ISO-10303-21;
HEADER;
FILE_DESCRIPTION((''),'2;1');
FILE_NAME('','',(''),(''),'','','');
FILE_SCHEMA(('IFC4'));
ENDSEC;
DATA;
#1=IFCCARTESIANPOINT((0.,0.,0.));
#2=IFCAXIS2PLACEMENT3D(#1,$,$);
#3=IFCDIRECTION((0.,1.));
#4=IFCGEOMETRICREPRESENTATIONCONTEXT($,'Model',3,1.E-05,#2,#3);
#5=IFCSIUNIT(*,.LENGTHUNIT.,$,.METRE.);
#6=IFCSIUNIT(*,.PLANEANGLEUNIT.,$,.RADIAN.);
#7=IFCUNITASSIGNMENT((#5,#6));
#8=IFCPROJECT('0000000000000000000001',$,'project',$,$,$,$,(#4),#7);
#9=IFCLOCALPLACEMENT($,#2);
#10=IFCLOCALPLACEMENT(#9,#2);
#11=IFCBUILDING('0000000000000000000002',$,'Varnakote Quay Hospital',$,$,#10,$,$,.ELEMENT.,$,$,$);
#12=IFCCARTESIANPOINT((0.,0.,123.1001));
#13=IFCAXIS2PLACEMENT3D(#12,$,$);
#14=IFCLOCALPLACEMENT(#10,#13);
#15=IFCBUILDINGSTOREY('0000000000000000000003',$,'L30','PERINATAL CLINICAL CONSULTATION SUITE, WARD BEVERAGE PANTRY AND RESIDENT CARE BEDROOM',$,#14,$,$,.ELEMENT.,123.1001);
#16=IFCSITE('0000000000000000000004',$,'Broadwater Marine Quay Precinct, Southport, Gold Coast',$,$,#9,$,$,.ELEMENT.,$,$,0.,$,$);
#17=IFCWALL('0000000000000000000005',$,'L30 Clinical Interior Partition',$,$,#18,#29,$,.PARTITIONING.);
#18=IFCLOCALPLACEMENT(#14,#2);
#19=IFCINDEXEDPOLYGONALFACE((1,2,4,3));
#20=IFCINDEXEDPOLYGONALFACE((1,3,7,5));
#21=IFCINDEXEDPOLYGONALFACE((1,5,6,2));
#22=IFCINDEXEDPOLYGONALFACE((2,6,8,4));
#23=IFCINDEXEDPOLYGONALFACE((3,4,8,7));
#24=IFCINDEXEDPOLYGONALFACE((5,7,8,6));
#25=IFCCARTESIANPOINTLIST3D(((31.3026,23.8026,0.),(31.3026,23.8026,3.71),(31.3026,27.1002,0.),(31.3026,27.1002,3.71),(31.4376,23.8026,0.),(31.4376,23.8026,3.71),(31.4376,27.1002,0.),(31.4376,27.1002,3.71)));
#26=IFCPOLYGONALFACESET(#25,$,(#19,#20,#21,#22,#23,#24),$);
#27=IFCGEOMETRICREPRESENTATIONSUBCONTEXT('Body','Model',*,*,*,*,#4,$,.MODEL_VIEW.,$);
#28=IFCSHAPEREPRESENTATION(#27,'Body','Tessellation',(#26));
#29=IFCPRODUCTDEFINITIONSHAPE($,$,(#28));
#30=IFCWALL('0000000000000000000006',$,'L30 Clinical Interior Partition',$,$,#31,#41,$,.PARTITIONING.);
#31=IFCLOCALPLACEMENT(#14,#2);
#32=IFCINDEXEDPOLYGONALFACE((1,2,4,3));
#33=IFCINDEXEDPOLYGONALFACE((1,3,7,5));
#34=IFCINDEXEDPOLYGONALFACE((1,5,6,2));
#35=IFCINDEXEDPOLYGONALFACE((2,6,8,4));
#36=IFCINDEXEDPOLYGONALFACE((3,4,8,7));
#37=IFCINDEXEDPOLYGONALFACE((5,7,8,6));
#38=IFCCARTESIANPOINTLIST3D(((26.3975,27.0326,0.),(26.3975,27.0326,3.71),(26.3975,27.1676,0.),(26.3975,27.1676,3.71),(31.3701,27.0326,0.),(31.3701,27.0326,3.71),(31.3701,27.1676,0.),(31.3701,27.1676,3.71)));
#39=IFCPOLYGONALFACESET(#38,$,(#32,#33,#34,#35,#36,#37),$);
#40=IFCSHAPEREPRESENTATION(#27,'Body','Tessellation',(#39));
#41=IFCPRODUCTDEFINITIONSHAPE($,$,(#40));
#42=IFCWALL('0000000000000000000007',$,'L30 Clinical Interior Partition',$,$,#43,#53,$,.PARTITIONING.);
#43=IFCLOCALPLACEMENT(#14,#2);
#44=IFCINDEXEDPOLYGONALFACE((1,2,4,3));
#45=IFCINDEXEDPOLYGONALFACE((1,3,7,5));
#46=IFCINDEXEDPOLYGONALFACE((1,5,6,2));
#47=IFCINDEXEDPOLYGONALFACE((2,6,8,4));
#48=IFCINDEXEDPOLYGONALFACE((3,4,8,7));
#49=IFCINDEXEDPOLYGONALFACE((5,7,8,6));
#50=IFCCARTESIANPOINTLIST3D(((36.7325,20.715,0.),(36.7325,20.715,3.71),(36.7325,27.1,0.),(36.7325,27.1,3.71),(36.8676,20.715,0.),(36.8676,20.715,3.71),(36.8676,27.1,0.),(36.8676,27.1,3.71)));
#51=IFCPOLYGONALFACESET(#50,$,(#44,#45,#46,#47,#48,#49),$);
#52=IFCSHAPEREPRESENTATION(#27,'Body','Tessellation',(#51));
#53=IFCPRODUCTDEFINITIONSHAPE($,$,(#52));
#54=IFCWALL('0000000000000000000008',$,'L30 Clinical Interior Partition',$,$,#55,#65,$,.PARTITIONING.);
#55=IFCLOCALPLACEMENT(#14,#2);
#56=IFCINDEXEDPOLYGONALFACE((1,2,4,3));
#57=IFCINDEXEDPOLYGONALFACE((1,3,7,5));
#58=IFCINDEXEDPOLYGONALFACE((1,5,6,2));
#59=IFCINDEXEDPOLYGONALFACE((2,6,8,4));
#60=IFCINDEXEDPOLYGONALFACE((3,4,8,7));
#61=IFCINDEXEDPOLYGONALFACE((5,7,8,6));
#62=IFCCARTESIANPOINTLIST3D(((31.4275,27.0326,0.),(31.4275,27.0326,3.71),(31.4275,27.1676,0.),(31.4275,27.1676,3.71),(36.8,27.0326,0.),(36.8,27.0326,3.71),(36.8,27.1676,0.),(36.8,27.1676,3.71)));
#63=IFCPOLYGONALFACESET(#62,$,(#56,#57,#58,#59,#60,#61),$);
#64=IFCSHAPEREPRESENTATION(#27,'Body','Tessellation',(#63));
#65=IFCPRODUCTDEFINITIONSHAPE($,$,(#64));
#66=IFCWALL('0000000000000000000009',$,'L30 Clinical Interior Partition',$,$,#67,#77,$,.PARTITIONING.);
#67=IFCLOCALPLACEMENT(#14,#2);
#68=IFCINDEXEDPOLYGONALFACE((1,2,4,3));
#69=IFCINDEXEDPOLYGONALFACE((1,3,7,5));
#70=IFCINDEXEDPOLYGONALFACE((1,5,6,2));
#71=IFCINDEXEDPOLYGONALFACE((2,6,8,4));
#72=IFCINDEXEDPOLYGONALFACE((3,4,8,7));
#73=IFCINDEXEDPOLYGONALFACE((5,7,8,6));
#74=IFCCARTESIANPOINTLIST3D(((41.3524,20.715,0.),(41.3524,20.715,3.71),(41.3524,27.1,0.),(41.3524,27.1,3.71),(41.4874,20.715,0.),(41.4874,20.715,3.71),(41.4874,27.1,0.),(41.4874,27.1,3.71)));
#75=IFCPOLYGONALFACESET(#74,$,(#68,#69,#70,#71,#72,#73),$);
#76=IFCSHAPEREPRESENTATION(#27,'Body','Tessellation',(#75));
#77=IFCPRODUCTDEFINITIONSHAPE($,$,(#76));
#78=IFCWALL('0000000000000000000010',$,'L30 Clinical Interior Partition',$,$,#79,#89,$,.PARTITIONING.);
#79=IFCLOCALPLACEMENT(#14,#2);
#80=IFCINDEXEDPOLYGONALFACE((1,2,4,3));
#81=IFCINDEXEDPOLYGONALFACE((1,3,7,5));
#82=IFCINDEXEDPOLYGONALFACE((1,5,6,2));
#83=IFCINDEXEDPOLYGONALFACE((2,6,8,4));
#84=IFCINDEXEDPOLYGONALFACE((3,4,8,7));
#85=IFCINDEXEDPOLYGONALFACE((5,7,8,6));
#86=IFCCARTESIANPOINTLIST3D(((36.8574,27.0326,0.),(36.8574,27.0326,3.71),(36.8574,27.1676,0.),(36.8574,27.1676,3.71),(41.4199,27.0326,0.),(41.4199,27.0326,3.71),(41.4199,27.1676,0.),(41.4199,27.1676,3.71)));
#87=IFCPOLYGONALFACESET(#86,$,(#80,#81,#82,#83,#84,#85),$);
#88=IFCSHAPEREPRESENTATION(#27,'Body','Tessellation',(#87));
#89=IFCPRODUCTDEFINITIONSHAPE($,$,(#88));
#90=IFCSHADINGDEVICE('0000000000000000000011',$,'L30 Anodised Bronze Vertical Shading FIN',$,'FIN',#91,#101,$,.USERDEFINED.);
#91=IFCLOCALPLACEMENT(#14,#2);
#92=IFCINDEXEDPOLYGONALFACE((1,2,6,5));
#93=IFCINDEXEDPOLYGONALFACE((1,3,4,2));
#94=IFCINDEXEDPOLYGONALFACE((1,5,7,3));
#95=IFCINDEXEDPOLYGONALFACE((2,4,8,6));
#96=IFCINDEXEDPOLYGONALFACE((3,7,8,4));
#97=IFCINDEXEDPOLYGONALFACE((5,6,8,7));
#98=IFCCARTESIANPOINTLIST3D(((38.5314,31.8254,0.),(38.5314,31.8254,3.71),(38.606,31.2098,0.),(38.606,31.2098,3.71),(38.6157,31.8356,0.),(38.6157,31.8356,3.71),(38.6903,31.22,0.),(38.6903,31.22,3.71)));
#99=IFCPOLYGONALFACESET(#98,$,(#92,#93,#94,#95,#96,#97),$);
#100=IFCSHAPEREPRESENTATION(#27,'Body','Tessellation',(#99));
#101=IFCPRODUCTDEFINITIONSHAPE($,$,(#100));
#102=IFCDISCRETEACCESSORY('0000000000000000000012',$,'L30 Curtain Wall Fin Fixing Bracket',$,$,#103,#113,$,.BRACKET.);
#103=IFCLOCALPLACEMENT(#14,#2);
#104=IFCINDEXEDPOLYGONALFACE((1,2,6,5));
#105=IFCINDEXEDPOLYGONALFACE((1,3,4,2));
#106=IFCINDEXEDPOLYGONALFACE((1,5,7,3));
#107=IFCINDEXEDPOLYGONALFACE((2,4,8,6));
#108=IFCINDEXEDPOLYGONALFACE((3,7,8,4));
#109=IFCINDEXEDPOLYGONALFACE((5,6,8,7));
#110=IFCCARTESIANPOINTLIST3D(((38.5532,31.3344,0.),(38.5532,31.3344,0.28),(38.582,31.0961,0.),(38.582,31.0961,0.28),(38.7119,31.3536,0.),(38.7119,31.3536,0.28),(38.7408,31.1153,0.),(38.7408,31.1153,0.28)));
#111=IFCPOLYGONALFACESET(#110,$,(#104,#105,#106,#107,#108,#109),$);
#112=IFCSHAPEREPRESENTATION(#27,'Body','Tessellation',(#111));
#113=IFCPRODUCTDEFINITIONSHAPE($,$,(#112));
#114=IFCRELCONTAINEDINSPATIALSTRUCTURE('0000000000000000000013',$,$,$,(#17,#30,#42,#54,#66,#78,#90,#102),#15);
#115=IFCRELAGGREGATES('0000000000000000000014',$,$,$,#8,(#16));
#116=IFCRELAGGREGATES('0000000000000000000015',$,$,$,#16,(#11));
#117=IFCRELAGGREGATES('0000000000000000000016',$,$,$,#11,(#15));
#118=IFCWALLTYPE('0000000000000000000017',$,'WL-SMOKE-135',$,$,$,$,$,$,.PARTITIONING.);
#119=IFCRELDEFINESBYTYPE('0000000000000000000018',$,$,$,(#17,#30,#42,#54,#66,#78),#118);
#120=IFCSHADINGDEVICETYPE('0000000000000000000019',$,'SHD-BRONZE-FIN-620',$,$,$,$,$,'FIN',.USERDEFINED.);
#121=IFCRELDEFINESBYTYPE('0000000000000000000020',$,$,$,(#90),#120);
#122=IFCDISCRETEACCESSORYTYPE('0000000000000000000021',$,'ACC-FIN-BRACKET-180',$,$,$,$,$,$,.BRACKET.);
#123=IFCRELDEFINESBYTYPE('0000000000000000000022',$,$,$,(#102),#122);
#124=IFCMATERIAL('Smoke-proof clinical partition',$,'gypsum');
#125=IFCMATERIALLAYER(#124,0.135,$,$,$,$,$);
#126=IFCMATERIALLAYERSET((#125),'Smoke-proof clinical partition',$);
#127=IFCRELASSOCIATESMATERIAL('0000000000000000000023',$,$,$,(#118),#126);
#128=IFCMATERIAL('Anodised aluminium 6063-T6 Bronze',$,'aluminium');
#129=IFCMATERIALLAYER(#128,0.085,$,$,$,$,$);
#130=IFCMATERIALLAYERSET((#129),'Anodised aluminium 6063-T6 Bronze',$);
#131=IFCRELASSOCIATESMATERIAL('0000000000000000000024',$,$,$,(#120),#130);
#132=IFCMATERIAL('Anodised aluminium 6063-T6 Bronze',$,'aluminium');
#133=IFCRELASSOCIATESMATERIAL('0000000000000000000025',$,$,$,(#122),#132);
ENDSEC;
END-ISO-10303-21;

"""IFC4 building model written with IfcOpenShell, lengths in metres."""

from ifc_helpers import new_model, si_unit, direction, frame, frame_2d, origin, origin_2d, place, context, subcontext, project, spatial, rectangle, extrude, material, layer, layer_set, type_object, element, save


model = new_model("IFC4")

# Units and contexts
model_context = context("Model", 3, precision=1e-05, world=origin(), true_north=direction((0.0, 1.0)))
body_context = subcontext(model_context, "Body", "Model", "MODEL_VIEW")
ifc_project = project(units=[si_unit("LENGTHUNIT", "METRE"), si_unit("PLANEANGLEUNIT", "RADIAN")], contexts=[model_context])

# Site, building, storey
site_placement = place(None, origin())
site = spatial("IfcSite", under=ifc_project, at=site_placement, Name="Broadwater Marine Quay Precinct, Southport, Gold Coast", CompositionType="ELEMENT", RefElevation=0.0)
building_placement = place(site_placement, origin())
building = spatial("IfcBuilding", under=site, at=building_placement, Name="Varnakote Quay Hospital", CompositionType="ELEMENT")
storey_placement = place(building_placement, frame((0.0, 0.0, 123.1001)))
storey = spatial("IfcBuildingStorey", under=building, at=storey_placement, Name="L30", Description="PERINATAL CLINICAL CONSULTATION SUITE, WARD BEVERAGE PANTRY AND RESIDENT CARE BEDROOM", CompositionType="ELEMENT", Elevation=123.1001)

# Walls
ifc_material_1 = material(Name="Smoke-proof clinical partition", Category="gypsum")
ifc_layer_1 = layer(ifc_material_1, 0.135)
ifc_layer_set_1 = layer_set([ifc_layer_1], Name="Smoke-proof clinical partition")
wall_type_1 = type_object("IfcWallType", Name="WL-SMOKE-135", PredefinedType="PARTITIONING", material=ifc_layer_set_1)
wall_1_placement = place(storey_placement, frame((31.3701, 23.8025, 0.0), z_axis=(0.0, 0.0, 1.0), x_axis=(0.0, 1.0, 0.0)))
element("IfcWall", 1, at=wall_1_placement, inside=storey, type_object=wall_type_1, Name="L30 Clinical Interior Partition", PredefinedType="PARTITIONING", context=body_context, shape_type="SweptSolid", body=[
    extrude(rectangle(XDim=3.2976, YDim=0.135, at=frame_2d((1.6489, 0.0))), origin(), (0.0, 0.0, 1.0), 3.71),
])
wall_2_placement = place(storey_placement, frame((31.3701, 27.1001, 0.0), z_axis=(0.0, 0.0, 1.0), x_axis=(-1.0, 0.0, 0.0)))
element("IfcWall", 2, at=wall_2_placement, inside=storey, type_object=wall_type_1, Name="L30 Clinical Interior Partition", PredefinedType="PARTITIONING", context=body_context, shape_type="SweptSolid", body=[
    extrude(rectangle(XDim=4.9727, YDim=0.135, at=frame_2d((2.4863, 0.0))), origin(), (0.0, 0.0, 1.0), 3.71),
])
wall_3_placement = place(storey_placement, frame((36.8, 20.7151, 0.0), z_axis=(0.0, 0.0, 1.0), x_axis=(0.0, 1.0, 0.0)))
element("IfcWall", 3, at=wall_3_placement, inside=storey, type_object=wall_type_1, Name="L30 Clinical Interior Partition", PredefinedType="PARTITIONING", context=body_context, shape_type="SweptSolid", body=[
    extrude(rectangle(XDim=6.385, YDim=0.135, at=frame_2d((3.1924, 0.0))), origin(), (0.0, 0.0, 1.0), 3.71),
])
wall_4_placement = place(storey_placement, frame((36.8, 27.1001, 0.0), z_axis=(0.0, 0.0, 1.0), x_axis=(-1.0, 0.0, 0.0)))
element("IfcWall", 4, at=wall_4_placement, inside=storey, type_object=wall_type_1, Name="L30 Clinical Interior Partition", PredefinedType="PARTITIONING", context=body_context, shape_type="SweptSolid", body=[
    extrude(rectangle(XDim=5.3726, YDim=0.135, at=frame_2d((2.6863, 0.0))), origin(), (0.0, 0.0, 1.0), 3.71),
])
wall_5_placement = place(storey_placement, frame((41.4199, 20.7151, 0.0), z_axis=(0.0, 0.0, 1.0), x_axis=(0.0, 1.0, 0.0)))
element("IfcWall", 5, at=wall_5_placement, inside=storey, type_object=wall_type_1, Name="L30 Clinical Interior Partition", PredefinedType="PARTITIONING", context=body_context, shape_type="SweptSolid", body=[
    extrude(rectangle(XDim=6.385, YDim=0.135, at=frame_2d((3.1924, 0.0))), origin(), (0.0, 0.0, 1.0), 3.71),
])
wall_6_placement = place(storey_placement, frame((41.4199, 27.1001, 0.0), z_axis=(0.0, 0.0, 1.0), x_axis=(-1.0, 0.0, 0.0)))
element("IfcWall", 6, at=wall_6_placement, inside=storey, type_object=wall_type_1, Name="L30 Clinical Interior Partition", PredefinedType="PARTITIONING", context=body_context, shape_type="SweptSolid", body=[
    extrude(rectangle(XDim=4.5625, YDim=0.135, at=frame_2d((2.2812, 0.0))), origin(), (0.0, 0.0, 1.0), 3.71),
])

# Shading device
ifc_material_2 = material(Name="Anodised aluminium 6063-T6 Bronze", Category="aluminium")
ifc_layer_2 = layer(ifc_material_2, 0.085)
ifc_layer_set_2 = layer_set([ifc_layer_2], Name="Anodised aluminium 6063-T6 Bronze")
shading_device_type = type_object("IfcShadingDeviceType", Name="SHD-BRONZE-FIN-620", ElementType="FIN", PredefinedType="USERDEFINED", material=ifc_layer_set_2)
shading_device_placement = place(storey_placement, frame((38.6108, 31.5227, 0.0), z_axis=(0.0, 0.0, 1.0), x_axis=(0.12031, -0.992736, 0.0)))
element("IfcShadingDevice", 7, at=shading_device_placement, inside=storey, type_object=shading_device_type, Name="L30 Anodised Bronze Vertical Shading FIN", ObjectType="FIN", PredefinedType="USERDEFINED", context=body_context, shape_type="SweptSolid", body=[
    extrude(rectangle(XDim=0.6201, YDim=0.085, at=origin_2d()), origin(), (0.0, 0.0, 1.0), 3.71),
])

# Discrete accessory
ifc_material_3 = material(Name="Anodised aluminium 6063-T6 Bronze", Category="aluminium")
discrete_accessory_type = type_object("IfcDiscreteAccessoryType", Name="ACC-FIN-BRACKET-180", PredefinedType="BRACKET", material=ifc_material_3)
discrete_accessory_placement = place(storey_placement, frame((38.647, 31.2249, 0.0), z_axis=(0.0, 0.0, 1.0), x_axis=(-0.992736, -0.12031, 0.0)))
element("IfcDiscreteAccessory", 8, at=discrete_accessory_placement, inside=storey, type_object=discrete_accessory_type, Name="L30 Curtain Wall Fin Fixing Bracket", PredefinedType="BRACKET", context=body_context, shape_type="SweptSolid", body=[
    extrude(rectangle(XDim=0.1599, YDim=0.24, at=origin_2d()), origin(), (0.0, 0.0, 1.0), 0.28),
])

save(model, "model.ifc")
